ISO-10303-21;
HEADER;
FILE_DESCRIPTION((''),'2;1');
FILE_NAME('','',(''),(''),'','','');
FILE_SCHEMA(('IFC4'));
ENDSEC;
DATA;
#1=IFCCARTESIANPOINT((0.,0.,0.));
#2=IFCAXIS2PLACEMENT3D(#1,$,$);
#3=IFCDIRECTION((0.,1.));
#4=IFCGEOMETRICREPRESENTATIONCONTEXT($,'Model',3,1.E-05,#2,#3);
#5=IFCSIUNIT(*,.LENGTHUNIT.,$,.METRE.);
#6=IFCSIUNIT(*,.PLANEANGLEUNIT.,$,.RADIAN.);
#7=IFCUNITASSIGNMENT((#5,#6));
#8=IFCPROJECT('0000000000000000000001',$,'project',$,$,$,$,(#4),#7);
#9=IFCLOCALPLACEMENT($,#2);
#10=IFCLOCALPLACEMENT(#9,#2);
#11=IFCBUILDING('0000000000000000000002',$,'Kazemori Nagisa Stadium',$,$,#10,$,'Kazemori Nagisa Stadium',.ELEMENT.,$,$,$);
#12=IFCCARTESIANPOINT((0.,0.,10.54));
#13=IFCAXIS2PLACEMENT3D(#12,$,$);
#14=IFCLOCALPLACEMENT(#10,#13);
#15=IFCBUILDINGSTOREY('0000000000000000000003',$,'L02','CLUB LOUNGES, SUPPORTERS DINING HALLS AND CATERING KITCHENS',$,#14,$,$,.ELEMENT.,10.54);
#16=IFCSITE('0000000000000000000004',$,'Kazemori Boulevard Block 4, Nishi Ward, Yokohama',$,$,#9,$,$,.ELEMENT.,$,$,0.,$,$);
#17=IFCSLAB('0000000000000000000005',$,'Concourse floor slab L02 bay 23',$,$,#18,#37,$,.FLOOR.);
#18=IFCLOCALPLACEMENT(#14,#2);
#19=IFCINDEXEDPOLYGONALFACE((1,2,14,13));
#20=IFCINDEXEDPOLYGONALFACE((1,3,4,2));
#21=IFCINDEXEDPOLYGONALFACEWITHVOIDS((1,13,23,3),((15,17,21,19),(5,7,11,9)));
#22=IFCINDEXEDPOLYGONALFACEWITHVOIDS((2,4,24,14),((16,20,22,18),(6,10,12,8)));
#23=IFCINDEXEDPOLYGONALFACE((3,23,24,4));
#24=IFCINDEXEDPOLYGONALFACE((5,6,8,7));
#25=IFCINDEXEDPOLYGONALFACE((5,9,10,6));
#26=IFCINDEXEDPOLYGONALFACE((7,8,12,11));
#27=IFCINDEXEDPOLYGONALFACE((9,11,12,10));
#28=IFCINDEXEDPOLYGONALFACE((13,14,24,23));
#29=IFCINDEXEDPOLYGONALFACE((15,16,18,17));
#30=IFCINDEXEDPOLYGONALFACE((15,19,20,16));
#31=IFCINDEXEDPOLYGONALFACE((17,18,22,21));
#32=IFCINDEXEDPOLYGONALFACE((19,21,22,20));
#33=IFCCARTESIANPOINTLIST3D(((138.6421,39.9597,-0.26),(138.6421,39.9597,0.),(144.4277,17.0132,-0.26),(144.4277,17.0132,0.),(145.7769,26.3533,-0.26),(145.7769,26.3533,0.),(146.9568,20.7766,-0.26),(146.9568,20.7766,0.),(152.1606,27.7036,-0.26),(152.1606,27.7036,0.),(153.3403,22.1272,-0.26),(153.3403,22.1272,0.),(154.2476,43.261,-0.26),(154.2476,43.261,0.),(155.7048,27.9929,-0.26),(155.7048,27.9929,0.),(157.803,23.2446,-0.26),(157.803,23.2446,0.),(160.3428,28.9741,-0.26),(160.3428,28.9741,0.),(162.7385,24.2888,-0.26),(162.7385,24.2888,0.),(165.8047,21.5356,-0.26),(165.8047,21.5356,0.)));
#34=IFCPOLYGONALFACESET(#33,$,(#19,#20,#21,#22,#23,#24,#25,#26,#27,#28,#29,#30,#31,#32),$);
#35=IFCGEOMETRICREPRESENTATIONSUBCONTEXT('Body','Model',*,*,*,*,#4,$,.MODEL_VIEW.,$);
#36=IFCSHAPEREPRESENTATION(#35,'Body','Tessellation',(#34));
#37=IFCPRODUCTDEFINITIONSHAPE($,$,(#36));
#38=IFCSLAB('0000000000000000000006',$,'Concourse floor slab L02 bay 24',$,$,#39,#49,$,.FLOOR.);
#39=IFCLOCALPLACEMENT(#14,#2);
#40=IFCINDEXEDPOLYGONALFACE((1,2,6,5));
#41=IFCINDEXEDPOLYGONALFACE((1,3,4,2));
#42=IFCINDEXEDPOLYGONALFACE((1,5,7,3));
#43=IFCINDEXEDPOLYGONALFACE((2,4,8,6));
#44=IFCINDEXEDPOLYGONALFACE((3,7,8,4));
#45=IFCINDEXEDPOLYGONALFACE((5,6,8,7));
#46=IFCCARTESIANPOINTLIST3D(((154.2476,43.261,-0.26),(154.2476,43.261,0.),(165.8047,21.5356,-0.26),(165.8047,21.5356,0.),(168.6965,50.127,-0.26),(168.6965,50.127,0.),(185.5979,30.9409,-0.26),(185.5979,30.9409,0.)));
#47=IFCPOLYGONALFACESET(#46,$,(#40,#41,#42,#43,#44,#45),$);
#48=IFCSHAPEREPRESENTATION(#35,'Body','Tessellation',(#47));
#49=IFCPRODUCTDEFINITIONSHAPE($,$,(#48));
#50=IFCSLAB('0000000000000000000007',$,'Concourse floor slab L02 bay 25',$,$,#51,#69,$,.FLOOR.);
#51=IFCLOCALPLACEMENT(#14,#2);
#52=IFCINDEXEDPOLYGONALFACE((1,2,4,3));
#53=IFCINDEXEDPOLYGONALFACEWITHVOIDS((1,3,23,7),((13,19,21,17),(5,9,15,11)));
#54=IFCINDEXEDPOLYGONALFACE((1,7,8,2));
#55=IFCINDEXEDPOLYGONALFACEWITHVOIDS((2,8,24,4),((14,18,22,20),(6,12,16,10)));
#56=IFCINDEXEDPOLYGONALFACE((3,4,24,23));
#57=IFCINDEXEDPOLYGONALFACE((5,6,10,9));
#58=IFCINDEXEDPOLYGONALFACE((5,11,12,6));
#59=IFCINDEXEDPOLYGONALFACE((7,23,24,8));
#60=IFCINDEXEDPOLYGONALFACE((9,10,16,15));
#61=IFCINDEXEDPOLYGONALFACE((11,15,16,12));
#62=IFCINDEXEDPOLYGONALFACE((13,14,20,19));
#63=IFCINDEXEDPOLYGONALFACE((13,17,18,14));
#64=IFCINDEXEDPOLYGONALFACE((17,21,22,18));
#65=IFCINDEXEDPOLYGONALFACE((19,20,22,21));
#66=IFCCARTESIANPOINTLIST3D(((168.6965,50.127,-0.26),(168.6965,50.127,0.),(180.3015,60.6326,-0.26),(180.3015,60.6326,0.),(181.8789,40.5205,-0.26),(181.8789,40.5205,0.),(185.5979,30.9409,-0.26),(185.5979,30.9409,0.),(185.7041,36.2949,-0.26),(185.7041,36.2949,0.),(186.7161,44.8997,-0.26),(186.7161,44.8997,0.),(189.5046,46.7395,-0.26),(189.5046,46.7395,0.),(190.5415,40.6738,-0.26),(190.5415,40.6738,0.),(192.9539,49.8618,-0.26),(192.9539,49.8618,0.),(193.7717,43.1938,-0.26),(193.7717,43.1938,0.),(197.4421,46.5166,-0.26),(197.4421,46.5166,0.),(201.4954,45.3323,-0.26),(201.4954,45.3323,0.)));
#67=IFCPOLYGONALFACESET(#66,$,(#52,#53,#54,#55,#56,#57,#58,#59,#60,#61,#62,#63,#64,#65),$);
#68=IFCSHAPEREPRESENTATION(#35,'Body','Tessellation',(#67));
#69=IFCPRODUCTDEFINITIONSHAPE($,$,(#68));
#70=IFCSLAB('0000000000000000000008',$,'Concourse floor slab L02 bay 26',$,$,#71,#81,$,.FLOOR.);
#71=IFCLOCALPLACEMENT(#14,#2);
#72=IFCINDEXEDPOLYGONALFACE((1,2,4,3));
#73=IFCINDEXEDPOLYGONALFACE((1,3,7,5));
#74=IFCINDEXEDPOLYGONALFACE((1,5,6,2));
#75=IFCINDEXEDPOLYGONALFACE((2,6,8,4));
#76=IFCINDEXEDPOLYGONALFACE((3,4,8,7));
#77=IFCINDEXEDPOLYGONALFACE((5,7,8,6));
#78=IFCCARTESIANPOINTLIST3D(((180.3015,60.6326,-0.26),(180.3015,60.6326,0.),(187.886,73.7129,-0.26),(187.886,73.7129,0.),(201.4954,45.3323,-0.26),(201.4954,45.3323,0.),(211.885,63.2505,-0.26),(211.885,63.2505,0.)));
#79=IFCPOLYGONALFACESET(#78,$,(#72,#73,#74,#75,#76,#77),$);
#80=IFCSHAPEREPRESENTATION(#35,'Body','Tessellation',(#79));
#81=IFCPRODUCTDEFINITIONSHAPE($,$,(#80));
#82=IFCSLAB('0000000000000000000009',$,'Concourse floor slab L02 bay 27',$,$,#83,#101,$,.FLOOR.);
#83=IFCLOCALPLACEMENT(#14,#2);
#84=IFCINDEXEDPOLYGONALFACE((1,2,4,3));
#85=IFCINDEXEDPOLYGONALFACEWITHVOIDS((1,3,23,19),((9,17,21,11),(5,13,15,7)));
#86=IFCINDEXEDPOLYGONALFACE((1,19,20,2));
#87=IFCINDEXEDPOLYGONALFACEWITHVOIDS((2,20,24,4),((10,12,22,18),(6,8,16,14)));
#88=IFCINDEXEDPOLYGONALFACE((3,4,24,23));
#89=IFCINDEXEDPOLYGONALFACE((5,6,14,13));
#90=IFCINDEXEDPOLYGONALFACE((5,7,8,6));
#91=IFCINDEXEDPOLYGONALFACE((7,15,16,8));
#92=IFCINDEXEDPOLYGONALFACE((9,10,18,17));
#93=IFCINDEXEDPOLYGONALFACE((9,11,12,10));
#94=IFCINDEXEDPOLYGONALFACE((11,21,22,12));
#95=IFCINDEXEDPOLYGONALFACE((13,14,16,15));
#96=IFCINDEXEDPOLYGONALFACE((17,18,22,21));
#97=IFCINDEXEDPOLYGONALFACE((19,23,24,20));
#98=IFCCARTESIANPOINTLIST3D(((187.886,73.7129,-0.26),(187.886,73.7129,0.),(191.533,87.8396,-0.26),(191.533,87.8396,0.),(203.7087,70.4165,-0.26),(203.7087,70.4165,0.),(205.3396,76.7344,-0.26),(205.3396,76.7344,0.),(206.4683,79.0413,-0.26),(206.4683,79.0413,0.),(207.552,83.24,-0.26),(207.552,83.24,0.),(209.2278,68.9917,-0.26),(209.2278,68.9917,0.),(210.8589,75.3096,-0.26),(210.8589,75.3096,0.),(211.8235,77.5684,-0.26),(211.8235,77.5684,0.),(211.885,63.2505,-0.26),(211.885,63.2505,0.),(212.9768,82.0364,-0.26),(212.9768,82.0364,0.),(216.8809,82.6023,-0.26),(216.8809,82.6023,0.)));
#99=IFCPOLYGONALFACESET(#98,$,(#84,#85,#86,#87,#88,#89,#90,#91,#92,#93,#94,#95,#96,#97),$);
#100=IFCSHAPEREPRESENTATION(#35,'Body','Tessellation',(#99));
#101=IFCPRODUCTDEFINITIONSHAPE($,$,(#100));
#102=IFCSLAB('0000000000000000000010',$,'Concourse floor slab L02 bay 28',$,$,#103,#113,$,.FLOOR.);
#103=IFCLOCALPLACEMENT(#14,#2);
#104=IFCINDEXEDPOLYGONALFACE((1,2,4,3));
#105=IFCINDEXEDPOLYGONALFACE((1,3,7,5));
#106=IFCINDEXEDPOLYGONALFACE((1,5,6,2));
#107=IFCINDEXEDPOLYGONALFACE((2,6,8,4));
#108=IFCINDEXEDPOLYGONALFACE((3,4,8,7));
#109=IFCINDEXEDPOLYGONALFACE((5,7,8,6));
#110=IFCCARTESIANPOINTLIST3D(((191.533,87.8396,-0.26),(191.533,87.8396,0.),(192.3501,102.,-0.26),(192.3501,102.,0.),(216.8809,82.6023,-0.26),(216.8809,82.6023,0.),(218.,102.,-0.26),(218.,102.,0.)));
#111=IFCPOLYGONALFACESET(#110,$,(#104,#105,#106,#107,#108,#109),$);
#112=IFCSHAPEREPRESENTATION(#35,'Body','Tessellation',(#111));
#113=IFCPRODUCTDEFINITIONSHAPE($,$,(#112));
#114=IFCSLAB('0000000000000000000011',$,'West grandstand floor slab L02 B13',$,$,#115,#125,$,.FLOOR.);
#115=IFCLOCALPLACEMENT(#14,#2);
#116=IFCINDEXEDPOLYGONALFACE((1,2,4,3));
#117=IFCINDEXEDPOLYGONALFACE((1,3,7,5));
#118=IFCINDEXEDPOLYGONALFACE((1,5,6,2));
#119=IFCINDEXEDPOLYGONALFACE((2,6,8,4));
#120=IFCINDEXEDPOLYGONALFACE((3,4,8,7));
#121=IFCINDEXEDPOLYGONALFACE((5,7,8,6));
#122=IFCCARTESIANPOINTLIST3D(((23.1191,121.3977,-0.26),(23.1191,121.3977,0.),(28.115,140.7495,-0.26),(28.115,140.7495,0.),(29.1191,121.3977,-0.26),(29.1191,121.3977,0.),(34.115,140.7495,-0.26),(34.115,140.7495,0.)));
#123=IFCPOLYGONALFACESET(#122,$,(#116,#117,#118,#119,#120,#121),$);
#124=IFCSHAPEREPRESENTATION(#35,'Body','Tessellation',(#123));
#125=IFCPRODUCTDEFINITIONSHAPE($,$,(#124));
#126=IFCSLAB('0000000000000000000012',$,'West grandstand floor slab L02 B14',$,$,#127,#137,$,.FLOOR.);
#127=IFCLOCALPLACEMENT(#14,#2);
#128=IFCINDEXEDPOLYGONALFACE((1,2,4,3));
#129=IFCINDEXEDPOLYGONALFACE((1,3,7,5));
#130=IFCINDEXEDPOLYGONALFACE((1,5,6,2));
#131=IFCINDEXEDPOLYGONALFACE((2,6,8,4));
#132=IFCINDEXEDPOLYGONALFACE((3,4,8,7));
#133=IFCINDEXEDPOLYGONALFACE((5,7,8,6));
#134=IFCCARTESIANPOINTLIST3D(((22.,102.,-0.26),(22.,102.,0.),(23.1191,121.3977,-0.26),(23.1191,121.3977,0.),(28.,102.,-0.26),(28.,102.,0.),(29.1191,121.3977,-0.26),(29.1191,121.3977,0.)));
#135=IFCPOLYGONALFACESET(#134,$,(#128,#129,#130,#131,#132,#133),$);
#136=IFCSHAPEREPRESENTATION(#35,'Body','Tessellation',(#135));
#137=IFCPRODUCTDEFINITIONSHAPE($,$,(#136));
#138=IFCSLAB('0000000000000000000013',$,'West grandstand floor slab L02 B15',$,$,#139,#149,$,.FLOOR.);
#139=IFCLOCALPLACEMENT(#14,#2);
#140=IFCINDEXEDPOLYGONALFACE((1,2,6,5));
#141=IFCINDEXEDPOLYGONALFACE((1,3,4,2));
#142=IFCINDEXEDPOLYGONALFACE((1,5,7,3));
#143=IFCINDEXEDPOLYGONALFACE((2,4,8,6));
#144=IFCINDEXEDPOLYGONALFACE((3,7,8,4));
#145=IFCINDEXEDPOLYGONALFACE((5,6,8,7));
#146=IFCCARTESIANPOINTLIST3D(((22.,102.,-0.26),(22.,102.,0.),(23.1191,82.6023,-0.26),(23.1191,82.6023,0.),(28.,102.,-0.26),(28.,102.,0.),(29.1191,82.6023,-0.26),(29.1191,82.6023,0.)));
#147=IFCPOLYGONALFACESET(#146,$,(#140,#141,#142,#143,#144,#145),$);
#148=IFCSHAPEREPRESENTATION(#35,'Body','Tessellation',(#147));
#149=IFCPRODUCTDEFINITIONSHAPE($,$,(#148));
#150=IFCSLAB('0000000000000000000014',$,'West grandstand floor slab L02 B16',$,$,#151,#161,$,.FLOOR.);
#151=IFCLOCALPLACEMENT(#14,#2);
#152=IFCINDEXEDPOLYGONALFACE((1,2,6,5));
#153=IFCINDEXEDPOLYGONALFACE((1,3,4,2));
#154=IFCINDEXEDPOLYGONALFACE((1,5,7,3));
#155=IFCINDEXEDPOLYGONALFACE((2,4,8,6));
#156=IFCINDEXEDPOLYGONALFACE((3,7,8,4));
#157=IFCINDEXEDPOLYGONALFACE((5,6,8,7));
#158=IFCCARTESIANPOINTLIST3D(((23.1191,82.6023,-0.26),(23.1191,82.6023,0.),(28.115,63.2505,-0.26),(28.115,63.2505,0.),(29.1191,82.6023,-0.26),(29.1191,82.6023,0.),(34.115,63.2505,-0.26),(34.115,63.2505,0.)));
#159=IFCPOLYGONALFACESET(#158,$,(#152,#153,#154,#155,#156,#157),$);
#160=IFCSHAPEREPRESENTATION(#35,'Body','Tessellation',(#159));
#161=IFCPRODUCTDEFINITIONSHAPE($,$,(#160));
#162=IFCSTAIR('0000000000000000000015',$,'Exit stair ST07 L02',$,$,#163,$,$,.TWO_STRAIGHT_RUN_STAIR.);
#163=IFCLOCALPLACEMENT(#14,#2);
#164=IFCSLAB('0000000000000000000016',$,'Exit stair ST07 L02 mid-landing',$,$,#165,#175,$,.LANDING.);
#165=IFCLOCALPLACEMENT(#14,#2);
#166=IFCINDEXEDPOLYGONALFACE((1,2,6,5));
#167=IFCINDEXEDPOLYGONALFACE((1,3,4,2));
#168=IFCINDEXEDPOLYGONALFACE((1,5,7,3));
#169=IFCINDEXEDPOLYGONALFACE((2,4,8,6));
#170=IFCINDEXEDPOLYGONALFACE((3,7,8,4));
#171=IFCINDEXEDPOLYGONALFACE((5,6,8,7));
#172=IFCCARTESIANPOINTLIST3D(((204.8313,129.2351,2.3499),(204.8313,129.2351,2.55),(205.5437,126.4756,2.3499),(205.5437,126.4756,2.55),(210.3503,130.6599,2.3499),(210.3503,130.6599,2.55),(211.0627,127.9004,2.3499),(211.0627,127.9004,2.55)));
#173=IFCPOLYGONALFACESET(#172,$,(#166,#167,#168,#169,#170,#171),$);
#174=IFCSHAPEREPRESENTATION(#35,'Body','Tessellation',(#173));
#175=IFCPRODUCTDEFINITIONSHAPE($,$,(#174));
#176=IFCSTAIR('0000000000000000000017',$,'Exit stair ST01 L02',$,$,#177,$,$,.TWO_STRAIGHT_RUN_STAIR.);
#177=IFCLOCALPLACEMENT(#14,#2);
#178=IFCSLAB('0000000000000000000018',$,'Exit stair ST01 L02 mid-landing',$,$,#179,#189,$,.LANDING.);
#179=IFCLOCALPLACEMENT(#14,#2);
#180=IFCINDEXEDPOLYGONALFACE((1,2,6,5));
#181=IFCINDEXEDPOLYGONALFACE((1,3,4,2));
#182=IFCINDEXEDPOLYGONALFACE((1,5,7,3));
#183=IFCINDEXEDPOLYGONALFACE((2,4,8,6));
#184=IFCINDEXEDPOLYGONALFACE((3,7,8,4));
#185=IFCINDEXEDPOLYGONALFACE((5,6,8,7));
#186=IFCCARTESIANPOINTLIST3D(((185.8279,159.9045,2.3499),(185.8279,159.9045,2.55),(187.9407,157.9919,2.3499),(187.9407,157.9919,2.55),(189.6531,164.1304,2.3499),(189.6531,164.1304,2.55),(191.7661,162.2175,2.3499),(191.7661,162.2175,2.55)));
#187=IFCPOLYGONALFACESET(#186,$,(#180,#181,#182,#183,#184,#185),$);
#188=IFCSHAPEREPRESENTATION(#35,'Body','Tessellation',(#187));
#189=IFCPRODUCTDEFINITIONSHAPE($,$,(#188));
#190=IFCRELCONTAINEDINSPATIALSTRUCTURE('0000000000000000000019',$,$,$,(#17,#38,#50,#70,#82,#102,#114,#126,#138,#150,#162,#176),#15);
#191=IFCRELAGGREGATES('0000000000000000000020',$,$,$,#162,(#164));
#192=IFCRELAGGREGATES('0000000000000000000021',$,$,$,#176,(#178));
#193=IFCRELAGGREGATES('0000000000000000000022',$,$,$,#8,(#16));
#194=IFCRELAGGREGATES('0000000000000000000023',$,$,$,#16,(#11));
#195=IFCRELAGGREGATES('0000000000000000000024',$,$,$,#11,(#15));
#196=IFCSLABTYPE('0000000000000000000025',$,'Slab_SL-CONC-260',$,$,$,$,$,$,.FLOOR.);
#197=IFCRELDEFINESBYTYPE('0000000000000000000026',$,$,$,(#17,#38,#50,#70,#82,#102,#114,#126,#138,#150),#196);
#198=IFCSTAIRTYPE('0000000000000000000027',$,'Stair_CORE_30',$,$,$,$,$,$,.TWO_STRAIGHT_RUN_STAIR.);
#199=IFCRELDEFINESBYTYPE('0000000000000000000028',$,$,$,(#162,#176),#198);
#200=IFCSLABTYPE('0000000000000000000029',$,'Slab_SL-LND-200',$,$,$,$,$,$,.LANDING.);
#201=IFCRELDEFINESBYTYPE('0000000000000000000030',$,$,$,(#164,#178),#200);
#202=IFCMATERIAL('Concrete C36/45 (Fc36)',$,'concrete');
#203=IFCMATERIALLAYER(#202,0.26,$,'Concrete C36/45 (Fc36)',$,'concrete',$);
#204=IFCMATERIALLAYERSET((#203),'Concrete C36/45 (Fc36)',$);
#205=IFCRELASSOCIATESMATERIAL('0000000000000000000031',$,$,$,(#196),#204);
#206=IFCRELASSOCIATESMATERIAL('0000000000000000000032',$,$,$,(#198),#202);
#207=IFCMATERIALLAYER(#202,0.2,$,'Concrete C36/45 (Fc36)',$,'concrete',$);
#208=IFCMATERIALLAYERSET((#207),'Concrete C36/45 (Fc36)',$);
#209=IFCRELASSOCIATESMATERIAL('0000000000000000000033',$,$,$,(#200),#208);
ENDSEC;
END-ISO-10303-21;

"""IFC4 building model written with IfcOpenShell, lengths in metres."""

from ifc_helpers import new_model, si_unit, direction, frame, origin, place, context, subcontext, project, spatial, polyline, outline, extrude, material, layer, layer_set, type_object, element, aggregate, save


model = new_model("IFC4")

# Units and contexts
model_context = context("Model", 3, precision=1e-05, world=origin(), true_north=direction((0.0, 1.0)))
body_context = subcontext(model_context, "Body", "Model", "MODEL_VIEW")
ifc_project = project(units=[si_unit("LENGTHUNIT", "METRE"), si_unit("PLANEANGLEUNIT", "RADIAN")], contexts=[model_context])

# Site, building, storey
site_placement = place(None, origin())
site = spatial("IfcSite", under=ifc_project, at=site_placement, Name="Kazemori Boulevard Block 4, Nishi Ward, Yokohama", CompositionType="ELEMENT", RefElevation=0.0)
building_placement = place(site_placement, origin())
building = spatial("IfcBuilding", under=site, at=building_placement, Name="Kazemori Nagisa Stadium", LongName="Kazemori Nagisa Stadium", CompositionType="ELEMENT")
storey_placement = place(building_placement, frame((0.0, 0.0, 10.54)))
storey = spatial("IfcBuildingStorey", under=building, at=storey_placement, Name="L02", Description="CLUB LOUNGES, SUPPORTERS DINING HALLS AND CATERING KITCHENS", CompositionType="ELEMENT", Elevation=10.54)

# Slabs
ifc_material = material(Name="Concrete C36/45 (Fc36)", Category="concrete")
ifc_layer_1 = layer(ifc_material, 0.26, Name="Concrete C36/45 (Fc36)", Category="concrete")
ifc_layer_set_1 = layer_set([ifc_layer_1], Name="Concrete C36/45 (Fc36)")
slab_type_1 = type_object("IfcSlabType", Name="Slab_SL-CONC-260", PredefinedType="FLOOR", material=ifc_layer_set_1)
slab_1_placement = place(storey_placement, frame((0.0, 0.0, -0.26)))
element("IfcSlab", 1, at=slab_1_placement, inside=storey, type_object=slab_type_1, Name="Concourse floor slab L02 bay 23", PredefinedType="FLOOR", context=body_context, shape_type="SweptSolid", body=[
    extrude(outline(polyline([(138.6421, 39.9597), (154.2476, 43.261), (165.8047, 21.5356), (144.4277, 17.0132), (138.6421, 39.9597)]), holes=[polyline([(145.7769, 26.3533), (152.1606, 27.7036), (153.3403, 22.1272), (146.9568, 20.7766), (145.7769, 26.3533)]), polyline([(155.7048, 27.9929), (160.3428, 28.9741), (162.7385, 24.2888), (157.803, 23.2446), (155.7048, 27.9929)])]), origin(), (0.0, 0.0, 1.0), 0.26),
])
slab_2_placement = place(storey_placement, frame((0.0, 0.0, -0.26)))
element("IfcSlab", 2, at=slab_2_placement, inside=storey, type_object=slab_type_1, Name="Concourse floor slab L02 bay 24", PredefinedType="FLOOR", context=body_context, shape_type="SweptSolid", body=[
    extrude(outline(polyline([(154.2476, 43.261), (168.6965, 50.127), (185.5979, 30.9409), (165.8047, 21.5356), (154.2476, 43.261)])), origin(), (0.0, 0.0, 1.0), 0.26),
])
slab_3_placement = place(storey_placement, frame((0.0, 0.0, -0.26)))
element("IfcSlab", 3, at=slab_3_placement, inside=storey, type_object=slab_type_1, Name="Concourse floor slab L02 bay 25", PredefinedType="FLOOR", context=body_context, shape_type="SweptSolid", body=[
    extrude(outline(polyline([(168.6965, 50.127), (180.3015, 60.6326), (201.4954, 45.3323), (185.5979, 30.9409), (168.6965, 50.127)]), holes=[polyline([(181.8789, 40.5205), (186.7161, 44.8997), (190.5415, 40.6738), (185.7041, 36.2949), (181.8789, 40.5205)]), polyline([(189.5046, 46.7395), (192.9539, 49.8618), (197.4421, 46.5166), (193.7717, 43.1938), (189.5046, 46.7395)])]), origin(), (0.0, 0.0, 1.0), 0.26),
])
slab_4_placement = place(storey_placement, frame((0.0, 0.0, -0.26)))
element("IfcSlab", 4, at=slab_4_placement, inside=storey, type_object=slab_type_1, Name="Concourse floor slab L02 bay 26", PredefinedType="FLOOR", context=body_context, shape_type="SweptSolid", body=[
    extrude(outline(polyline([(180.3015, 60.6326), (187.886, 73.7129), (211.885, 63.2505), (201.4954, 45.3323), (180.3015, 60.6326)])), origin(), (0.0, 0.0, 1.0), 0.26),
])
slab_5_placement = place(storey_placement, frame((0.0, 0.0, -0.26)))
element("IfcSlab", 5, at=slab_5_placement, inside=storey, type_object=slab_type_1, Name="Concourse floor slab L02 bay 27", PredefinedType="FLOOR", context=body_context, shape_type="SweptSolid", body=[
    extrude(outline(polyline([(187.886, 73.7129), (191.533, 87.8396), (216.8809, 82.6023), (211.885, 63.2505), (187.886, 73.7129)]), holes=[polyline([(203.7087, 70.4165), (205.3396, 76.7344), (210.8589, 75.3096), (209.2278, 68.9917), (203.7087, 70.4165)]), polyline([(206.4683, 79.0413), (207.552, 83.24), (212.9768, 82.0364), (211.8235, 77.5684), (206.4683, 79.0413)])]), origin(), (0.0, 0.0, 1.0), 0.26),
])
slab_6_placement = place(storey_placement, frame((0.0, 0.0, -0.26)))
element("IfcSlab", 6, at=slab_6_placement, inside=storey, type_object=slab_type_1, Name="Concourse floor slab L02 bay 28", PredefinedType="FLOOR", context=body_context, shape_type="SweptSolid", body=[
    extrude(outline(polyline([(191.533, 87.8396), (192.3501, 102.0), (218.0, 102.0), (216.8809, 82.6023), (191.533, 87.8396)])), origin(), (0.0, 0.0, 1.0), 0.26),
])
slab_7_placement = place(storey_placement, frame((0.0, 0.0, -0.26)))
element("IfcSlab", 7, at=slab_7_placement, inside=storey, type_object=slab_type_1, Name="West grandstand floor slab L02 B13", PredefinedType="FLOOR", context=body_context, shape_type="SweptSolid", body=[
    extrude(outline(polyline([(34.115, 140.7495), (29.1191, 121.3977), (23.1191, 121.3977), (28.115, 140.7495), (34.115, 140.7495)])), origin(), (0.0, 0.0, 1.0), 0.26),
])
slab_8_placement = place(storey_placement, frame((0.0, 0.0, -0.26)))
element("IfcSlab", 8, at=slab_8_placement, inside=storey, type_object=slab_type_1, Name="West grandstand floor slab L02 B14", PredefinedType="FLOOR", context=body_context, shape_type="SweptSolid", body=[
    extrude(outline(polyline([(29.1191, 121.3977), (28.0, 102.0), (22.0, 102.0), (23.1191, 121.3977), (29.1191, 121.3977)])), origin(), (0.0, 0.0, 1.0), 0.26),
])
slab_9_placement = place(storey_placement, frame((0.0, 0.0, -0.26)))
element("IfcSlab", 9, at=slab_9_placement, inside=storey, type_object=slab_type_1, Name="West grandstand floor slab L02 B15", PredefinedType="FLOOR", context=body_context, shape_type="SweptSolid", body=[
    extrude(outline(polyline([(28.0, 102.0), (29.1191, 82.6023), (23.1191, 82.6023), (22.0, 102.0), (28.0, 102.0)])), origin(), (0.0, 0.0, 1.0), 0.26),
])
slab_10_placement = place(storey_placement, frame((0.0, 0.0, -0.26)))
element("IfcSlab", 10, at=slab_10_placement, inside=storey, type_object=slab_type_1, Name="West grandstand floor slab L02 B16", PredefinedType="FLOOR", context=body_context, shape_type="SweptSolid", body=[
    extrude(outline(polyline([(29.1191, 82.6023), (34.115, 63.2505), (28.115, 63.2505), (23.1191, 82.6023), (29.1191, 82.6023)])), origin(), (0.0, 0.0, 1.0), 0.26),
])

# Stairs, slabs
stair_type = type_object("IfcStairType", Name="Stair_CORE_30", PredefinedType="TWO_STRAIGHT_RUN_STAIR", material=ifc_material)
stair_1_placement = place(storey_placement, origin())
stair_1 = element("IfcStair", 11, at=stair_1_placement, inside=storey, type_object=stair_type, Name="Exit stair ST07 L02", PredefinedType="TWO_STRAIGHT_RUN_STAIR")
ifc_layer_2 = layer(ifc_material, 0.2, Name="Concrete C36/45 (Fc36)", Category="concrete")
ifc_layer_set_2 = layer_set([ifc_layer_2], Name="Concrete C36/45 (Fc36)")
slab_type_2 = type_object("IfcSlabType", Name="Slab_SL-LND-200", PredefinedType="LANDING", material=ifc_layer_set_2)
slab_11_placement = place(storey_placement, frame((0.0, 0.0, 2.3499)))
slab_11 = element("IfcSlab", 12, at=slab_11_placement, type_object=slab_type_2, Name="Exit stair ST07 L02 mid-landing", PredefinedType="LANDING", context=body_context, shape_type="SweptSolid", body=[
    extrude(outline(polyline([(205.5437, 126.4756), (204.8313, 129.2351), (210.3503, 130.6599), (211.0627, 127.9004), (205.5437, 126.4756)])), origin(), (0.0, 0.0, 1.0), 0.2002),
])
aggregate(stair_1, [slab_11])
stair_2_placement = place(storey_placement, origin())
stair_2 = element("IfcStair", 13, at=stair_2_placement, inside=storey, type_object=stair_type, Name="Exit stair ST01 L02", PredefinedType="TWO_STRAIGHT_RUN_STAIR")
slab_12_placement = place(storey_placement, frame((0.0, 0.0, 2.3499)))
slab_12 = element("IfcSlab", 14, at=slab_12_placement, type_object=slab_type_2, Name="Exit stair ST01 L02 mid-landing", PredefinedType="LANDING", context=body_context, shape_type="SweptSolid", body=[
    extrude(outline(polyline([(187.9407, 157.9919), (185.8279, 159.9045), (189.6531, 164.1304), (191.7661, 162.2175), (187.9407, 157.9919)])), origin(), (0.0, 0.0, 1.0), 0.2002),
])
aggregate(stair_2, [slab_12])

save(model, "model.ifc")
